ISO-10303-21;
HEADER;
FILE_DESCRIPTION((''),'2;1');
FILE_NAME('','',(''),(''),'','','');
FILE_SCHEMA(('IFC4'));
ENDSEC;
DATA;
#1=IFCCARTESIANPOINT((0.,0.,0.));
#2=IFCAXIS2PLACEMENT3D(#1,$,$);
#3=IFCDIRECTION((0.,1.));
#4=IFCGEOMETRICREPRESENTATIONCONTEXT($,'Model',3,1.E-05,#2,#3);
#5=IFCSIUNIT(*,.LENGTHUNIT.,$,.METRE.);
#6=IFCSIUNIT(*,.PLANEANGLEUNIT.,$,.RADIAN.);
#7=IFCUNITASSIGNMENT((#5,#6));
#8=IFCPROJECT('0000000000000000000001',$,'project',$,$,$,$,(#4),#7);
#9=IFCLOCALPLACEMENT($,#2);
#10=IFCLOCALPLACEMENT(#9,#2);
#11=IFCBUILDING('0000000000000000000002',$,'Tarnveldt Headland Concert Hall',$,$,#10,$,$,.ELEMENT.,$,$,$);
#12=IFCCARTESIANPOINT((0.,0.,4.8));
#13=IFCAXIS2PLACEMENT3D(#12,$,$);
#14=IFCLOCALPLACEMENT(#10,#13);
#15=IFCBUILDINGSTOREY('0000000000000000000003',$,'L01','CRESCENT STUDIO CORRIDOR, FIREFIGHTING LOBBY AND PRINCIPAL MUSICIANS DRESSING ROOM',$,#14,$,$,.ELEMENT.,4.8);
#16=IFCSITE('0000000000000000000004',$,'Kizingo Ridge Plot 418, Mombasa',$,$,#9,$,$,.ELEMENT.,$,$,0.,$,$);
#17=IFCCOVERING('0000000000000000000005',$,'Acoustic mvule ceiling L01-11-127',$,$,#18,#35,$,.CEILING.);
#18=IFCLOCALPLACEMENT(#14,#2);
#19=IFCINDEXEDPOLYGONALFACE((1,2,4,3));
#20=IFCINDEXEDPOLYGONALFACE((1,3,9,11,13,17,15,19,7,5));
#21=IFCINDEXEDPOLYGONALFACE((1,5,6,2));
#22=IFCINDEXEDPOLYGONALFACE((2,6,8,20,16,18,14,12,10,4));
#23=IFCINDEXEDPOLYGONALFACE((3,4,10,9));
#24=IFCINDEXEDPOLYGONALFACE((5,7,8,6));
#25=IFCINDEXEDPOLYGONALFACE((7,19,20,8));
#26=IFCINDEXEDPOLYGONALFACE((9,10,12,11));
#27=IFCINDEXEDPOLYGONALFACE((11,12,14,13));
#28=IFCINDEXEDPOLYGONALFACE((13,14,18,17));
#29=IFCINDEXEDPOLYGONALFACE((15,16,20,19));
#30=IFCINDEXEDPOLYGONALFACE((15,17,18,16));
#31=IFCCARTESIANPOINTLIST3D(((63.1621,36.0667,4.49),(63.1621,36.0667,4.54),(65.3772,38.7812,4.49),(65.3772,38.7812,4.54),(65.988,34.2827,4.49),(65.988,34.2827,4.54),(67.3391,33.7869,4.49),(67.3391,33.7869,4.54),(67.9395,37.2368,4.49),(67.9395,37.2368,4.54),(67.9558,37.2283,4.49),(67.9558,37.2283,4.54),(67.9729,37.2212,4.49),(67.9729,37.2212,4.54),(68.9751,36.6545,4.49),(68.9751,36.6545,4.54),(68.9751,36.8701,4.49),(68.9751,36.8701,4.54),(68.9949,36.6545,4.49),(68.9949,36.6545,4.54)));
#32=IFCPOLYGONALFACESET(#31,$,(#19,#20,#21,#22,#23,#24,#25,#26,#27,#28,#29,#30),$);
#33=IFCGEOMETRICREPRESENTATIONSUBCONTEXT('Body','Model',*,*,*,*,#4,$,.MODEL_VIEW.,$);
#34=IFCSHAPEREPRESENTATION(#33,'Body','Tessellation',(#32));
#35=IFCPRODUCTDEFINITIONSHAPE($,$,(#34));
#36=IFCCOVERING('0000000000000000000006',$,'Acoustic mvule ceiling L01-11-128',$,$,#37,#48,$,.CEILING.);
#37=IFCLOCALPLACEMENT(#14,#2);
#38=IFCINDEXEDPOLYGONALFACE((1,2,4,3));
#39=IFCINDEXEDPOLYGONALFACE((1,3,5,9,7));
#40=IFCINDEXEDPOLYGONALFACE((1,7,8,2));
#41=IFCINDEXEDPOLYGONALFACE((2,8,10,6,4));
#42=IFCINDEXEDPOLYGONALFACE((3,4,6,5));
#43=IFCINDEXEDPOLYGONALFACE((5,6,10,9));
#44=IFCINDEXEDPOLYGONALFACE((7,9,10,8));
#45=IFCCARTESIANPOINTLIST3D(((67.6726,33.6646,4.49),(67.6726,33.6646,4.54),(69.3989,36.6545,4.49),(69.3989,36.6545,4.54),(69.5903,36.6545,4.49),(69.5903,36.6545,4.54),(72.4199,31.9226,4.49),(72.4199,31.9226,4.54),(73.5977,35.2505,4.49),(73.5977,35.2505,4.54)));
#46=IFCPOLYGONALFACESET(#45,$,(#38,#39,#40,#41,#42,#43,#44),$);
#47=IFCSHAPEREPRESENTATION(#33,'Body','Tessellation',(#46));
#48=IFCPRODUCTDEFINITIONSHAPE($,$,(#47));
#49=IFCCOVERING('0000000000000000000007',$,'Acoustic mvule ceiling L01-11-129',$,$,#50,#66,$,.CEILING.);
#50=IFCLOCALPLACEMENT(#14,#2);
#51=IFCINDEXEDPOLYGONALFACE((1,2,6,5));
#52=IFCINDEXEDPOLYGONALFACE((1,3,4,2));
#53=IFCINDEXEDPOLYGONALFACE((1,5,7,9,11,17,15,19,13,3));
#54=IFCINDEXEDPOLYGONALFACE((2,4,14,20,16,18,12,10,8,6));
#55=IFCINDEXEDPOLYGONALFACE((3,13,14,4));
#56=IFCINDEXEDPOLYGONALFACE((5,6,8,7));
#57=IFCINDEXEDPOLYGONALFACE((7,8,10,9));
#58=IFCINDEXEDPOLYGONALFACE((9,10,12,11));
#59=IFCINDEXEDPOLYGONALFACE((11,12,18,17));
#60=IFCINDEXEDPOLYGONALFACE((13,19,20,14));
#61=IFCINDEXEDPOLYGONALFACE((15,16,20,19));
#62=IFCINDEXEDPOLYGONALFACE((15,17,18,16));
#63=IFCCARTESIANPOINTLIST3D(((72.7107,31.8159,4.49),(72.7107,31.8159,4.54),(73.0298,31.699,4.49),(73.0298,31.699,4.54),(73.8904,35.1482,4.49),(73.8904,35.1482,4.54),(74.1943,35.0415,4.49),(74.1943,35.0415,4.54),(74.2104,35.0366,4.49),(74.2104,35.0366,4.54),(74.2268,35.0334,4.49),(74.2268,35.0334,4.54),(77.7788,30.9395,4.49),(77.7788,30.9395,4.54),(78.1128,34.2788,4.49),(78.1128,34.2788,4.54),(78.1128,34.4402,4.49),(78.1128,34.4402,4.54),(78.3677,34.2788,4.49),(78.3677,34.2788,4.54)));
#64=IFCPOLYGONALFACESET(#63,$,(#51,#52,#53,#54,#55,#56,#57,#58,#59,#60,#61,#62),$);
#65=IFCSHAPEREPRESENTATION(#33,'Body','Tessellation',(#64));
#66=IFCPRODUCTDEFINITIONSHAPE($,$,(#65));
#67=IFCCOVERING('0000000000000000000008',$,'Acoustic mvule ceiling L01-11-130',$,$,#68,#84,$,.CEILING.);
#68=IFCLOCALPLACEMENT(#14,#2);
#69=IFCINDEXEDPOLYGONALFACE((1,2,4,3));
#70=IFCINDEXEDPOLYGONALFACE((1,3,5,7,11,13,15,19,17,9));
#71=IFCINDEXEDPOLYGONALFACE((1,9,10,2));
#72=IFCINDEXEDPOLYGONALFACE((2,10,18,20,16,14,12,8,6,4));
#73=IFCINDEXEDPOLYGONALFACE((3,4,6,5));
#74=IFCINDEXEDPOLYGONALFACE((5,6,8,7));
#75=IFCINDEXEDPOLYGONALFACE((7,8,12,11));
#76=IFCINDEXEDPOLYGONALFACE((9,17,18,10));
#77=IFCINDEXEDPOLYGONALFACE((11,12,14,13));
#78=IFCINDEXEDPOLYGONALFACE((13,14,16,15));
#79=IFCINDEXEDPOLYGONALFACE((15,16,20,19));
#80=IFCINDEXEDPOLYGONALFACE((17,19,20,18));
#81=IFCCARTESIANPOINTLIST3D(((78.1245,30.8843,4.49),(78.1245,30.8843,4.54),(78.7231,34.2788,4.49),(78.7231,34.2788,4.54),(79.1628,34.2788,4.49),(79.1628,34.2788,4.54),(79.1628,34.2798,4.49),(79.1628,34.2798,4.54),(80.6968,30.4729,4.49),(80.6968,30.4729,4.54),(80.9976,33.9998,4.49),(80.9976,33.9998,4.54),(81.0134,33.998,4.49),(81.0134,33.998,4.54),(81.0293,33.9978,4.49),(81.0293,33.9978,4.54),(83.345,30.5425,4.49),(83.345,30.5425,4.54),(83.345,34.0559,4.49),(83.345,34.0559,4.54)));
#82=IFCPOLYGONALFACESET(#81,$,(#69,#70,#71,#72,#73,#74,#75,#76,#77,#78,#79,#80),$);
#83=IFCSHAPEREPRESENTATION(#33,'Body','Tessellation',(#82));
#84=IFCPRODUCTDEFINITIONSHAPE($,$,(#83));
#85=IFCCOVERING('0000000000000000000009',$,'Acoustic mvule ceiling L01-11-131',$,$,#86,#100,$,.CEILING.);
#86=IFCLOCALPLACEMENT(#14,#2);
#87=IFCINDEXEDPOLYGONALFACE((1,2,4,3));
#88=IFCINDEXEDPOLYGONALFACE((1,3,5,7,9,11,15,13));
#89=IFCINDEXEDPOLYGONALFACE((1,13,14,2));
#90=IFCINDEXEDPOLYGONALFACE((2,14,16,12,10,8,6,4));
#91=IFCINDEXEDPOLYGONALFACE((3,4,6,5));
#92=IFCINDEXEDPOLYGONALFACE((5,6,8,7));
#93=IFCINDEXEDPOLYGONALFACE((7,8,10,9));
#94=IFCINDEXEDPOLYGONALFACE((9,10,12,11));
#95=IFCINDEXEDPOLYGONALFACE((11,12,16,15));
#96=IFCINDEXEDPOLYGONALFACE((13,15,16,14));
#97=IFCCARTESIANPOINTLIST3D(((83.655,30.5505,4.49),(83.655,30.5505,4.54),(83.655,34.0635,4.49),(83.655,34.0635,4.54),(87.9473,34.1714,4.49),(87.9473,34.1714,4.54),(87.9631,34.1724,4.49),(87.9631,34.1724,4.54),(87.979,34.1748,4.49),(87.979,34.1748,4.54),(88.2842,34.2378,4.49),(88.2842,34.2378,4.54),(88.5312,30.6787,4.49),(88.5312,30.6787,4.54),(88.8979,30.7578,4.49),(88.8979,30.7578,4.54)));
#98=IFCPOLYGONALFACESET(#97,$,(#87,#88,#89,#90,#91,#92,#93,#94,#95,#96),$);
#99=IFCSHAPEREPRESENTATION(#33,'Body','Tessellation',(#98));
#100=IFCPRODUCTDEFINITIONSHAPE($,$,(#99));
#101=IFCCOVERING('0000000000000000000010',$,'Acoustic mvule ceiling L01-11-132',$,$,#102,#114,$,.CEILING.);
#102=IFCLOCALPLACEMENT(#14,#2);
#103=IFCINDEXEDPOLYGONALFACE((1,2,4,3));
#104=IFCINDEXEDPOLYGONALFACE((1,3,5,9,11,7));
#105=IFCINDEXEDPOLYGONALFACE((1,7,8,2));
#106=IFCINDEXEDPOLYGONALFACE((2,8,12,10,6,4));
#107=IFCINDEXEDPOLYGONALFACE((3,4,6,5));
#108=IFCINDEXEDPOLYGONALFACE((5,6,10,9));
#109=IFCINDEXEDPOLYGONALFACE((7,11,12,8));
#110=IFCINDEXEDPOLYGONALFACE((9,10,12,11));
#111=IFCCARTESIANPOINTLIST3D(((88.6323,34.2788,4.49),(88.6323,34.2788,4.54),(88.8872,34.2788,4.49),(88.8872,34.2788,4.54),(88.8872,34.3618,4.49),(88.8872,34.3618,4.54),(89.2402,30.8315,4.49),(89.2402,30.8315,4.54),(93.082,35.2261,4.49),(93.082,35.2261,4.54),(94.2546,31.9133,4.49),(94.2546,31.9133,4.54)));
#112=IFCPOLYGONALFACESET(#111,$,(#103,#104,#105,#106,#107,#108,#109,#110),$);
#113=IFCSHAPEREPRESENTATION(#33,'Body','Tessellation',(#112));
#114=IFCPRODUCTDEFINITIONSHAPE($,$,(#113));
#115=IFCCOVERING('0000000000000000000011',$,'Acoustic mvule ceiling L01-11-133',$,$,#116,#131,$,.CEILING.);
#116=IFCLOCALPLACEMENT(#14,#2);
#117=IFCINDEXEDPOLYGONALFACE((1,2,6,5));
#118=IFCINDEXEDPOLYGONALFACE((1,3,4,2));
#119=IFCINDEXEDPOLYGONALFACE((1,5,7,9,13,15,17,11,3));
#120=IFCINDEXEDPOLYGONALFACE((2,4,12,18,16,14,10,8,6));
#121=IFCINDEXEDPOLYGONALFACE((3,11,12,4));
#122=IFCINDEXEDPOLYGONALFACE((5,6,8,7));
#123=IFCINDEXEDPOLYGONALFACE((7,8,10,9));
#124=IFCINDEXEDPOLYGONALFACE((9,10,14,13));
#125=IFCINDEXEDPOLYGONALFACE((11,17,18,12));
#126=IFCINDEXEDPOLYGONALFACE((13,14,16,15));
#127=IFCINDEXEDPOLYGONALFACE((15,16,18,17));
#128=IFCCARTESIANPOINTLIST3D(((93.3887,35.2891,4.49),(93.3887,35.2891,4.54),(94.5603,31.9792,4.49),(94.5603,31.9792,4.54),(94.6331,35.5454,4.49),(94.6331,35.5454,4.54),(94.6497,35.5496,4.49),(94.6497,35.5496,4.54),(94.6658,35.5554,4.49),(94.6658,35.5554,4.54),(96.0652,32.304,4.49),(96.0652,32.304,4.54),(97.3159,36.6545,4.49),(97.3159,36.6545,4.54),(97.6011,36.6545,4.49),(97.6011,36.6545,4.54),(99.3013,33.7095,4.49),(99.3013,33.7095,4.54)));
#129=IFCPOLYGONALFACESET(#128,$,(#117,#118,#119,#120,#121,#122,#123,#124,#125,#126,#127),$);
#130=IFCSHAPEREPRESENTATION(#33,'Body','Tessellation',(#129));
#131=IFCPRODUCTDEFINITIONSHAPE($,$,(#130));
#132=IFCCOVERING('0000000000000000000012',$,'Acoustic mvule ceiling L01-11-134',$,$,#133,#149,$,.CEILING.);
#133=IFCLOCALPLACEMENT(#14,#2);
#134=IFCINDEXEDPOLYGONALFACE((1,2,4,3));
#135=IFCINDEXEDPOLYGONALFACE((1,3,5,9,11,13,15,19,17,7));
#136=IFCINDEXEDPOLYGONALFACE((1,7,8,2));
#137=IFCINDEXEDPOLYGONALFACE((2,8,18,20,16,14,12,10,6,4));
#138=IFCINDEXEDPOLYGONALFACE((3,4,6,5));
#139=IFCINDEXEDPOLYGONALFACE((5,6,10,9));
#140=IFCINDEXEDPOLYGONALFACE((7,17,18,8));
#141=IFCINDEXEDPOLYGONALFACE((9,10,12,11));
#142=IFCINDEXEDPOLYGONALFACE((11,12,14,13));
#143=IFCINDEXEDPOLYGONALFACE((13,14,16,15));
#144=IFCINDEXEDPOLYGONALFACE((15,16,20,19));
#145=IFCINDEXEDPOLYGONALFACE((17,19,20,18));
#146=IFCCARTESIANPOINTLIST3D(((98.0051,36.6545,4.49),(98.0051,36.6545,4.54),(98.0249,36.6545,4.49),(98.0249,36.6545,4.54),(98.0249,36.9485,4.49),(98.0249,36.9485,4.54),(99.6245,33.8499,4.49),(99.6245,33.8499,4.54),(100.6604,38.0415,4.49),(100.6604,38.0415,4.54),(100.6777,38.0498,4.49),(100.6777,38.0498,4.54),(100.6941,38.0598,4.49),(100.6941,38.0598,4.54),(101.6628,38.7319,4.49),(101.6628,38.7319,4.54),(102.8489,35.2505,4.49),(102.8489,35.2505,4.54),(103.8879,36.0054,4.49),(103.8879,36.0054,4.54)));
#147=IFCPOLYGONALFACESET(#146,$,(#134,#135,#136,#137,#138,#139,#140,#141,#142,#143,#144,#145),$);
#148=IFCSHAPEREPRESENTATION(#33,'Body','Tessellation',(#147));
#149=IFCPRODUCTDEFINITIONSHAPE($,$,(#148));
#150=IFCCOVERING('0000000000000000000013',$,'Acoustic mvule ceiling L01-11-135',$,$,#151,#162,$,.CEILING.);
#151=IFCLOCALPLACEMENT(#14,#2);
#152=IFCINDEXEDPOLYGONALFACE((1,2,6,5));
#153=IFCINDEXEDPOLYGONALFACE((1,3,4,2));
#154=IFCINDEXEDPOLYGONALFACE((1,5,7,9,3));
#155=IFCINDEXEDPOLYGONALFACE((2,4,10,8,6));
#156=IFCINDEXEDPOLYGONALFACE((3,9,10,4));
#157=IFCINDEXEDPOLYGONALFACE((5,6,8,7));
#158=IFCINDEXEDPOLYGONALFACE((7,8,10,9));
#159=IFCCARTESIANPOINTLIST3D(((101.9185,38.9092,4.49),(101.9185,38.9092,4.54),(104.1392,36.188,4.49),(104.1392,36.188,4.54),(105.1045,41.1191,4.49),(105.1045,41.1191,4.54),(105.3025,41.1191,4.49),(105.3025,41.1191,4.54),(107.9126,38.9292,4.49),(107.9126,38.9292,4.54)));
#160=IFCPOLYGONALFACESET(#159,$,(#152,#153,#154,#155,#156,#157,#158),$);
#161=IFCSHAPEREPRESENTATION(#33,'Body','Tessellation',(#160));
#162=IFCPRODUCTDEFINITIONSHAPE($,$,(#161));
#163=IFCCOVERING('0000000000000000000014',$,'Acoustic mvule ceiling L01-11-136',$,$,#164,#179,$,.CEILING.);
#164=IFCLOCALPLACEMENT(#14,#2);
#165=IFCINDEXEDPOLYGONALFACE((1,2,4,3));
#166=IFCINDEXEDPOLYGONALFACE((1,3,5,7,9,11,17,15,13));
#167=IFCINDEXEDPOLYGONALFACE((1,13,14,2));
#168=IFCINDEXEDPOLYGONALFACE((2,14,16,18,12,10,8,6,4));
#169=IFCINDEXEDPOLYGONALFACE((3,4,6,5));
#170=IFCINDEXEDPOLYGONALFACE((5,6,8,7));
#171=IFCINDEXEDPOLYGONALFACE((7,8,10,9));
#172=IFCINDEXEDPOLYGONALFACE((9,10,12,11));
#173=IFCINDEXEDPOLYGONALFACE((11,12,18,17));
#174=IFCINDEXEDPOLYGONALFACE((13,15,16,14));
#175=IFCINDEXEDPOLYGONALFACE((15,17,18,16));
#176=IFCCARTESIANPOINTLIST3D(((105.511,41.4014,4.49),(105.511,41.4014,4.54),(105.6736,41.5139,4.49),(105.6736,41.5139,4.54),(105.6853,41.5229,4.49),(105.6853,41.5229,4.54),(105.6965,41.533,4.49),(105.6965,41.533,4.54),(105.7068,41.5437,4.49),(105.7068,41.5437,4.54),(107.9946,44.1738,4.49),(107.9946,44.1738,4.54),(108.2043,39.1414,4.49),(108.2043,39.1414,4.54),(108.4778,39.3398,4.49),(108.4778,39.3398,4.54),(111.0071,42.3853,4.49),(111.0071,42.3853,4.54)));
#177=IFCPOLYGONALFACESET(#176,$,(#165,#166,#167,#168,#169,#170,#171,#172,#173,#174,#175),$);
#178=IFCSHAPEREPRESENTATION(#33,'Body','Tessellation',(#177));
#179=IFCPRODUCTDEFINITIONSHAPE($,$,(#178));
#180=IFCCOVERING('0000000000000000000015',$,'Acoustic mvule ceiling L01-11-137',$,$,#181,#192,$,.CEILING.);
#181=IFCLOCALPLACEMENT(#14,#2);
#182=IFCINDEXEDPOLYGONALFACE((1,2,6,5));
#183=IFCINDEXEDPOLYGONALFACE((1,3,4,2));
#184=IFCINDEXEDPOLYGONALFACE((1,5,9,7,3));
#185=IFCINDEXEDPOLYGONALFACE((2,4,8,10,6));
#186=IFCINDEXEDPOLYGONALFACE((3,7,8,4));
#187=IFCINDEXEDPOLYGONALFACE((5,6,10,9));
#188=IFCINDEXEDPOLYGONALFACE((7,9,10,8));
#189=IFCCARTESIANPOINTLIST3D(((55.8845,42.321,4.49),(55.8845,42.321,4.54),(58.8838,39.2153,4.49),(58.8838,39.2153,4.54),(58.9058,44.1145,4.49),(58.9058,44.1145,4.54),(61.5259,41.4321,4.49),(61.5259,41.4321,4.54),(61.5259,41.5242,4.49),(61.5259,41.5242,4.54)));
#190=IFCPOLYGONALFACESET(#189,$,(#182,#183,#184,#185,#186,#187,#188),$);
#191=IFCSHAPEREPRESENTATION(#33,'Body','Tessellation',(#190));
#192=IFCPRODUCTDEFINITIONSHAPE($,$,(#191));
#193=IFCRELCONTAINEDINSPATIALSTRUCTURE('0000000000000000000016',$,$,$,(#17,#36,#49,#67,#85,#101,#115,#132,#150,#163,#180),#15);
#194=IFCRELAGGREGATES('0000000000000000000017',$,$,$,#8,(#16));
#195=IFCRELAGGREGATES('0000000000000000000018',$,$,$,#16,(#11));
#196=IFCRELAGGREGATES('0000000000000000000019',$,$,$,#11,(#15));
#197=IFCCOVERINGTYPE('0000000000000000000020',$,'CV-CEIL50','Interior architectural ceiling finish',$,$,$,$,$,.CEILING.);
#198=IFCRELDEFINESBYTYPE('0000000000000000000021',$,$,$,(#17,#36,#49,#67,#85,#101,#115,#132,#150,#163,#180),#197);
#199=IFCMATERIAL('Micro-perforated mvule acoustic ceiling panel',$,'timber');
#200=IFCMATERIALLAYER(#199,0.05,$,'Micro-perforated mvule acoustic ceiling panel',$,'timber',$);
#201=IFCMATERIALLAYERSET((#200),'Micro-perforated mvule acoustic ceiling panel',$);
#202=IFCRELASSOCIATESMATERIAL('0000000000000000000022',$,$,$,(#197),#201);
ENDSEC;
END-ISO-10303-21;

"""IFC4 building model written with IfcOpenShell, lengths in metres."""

from ifc_helpers import new_model, si_unit, direction, frame, origin, place, context, subcontext, project, spatial, polyline, outline, extrude, material, layer, layer_set, type_object, element, save


model = new_model("IFC4")

# Units and contexts
model_context = context("Model", 3, precision=1e-05, world=origin(), true_north=direction((0.0, 1.0)))
body_context = subcontext(model_context, "Body", "Model", "MODEL_VIEW")
ifc_project = project(units=[si_unit("LENGTHUNIT", "METRE"), si_unit("PLANEANGLEUNIT", "RADIAN")], contexts=[model_context])

# Site, building, storey
site_placement = place(None, origin())
site = spatial("IfcSite", under=ifc_project, at=site_placement, Name="Kizingo Ridge Plot 418, Mombasa", CompositionType="ELEMENT", RefElevation=0.0)
building_placement = place(site_placement, origin())
building = spatial("IfcBuilding", under=site, at=building_placement, Name="Tarnveldt Headland Concert Hall", CompositionType="ELEMENT")
storey_placement = place(building_placement, frame((0.0, 0.0, 4.8)))
storey = spatial("IfcBuildingStorey", under=building, at=storey_placement, Name="L01", Description="CRESCENT STUDIO CORRIDOR, FIREFIGHTING LOBBY AND PRINCIPAL MUSICIANS DRESSING ROOM", CompositionType="ELEMENT", Elevation=4.8)

# Coverings
ifc_material = material(Name="Micro-perforated mvule acoustic ceiling panel", Category="timber")
ifc_layer = layer(ifc_material, 0.05, Name="Micro-perforated mvule acoustic ceiling panel", Category="timber")
ifc_layer_set = layer_set([ifc_layer], Name="Micro-perforated mvule acoustic ceiling panel")
covering_type = type_object("IfcCoveringType", Name="CV-CEIL50", Description="Interior architectural ceiling finish", PredefinedType="CEILING", material=ifc_layer_set)
covering_1_placement = place(storey_placement, frame((0.0, 0.0, 4.49)))
element("IfcCovering", 1, at=covering_1_placement, inside=storey, type_object=covering_type, Name="Acoustic mvule ceiling L01-11-127", PredefinedType="CEILING", context=body_context, shape_type="SweptSolid", body=[
    extrude(outline(polyline([(67.9558, 37.2283), (67.9729, 37.2212), (68.9751, 36.8701), (68.9751, 36.6545), (68.9949, 36.6545), (67.3391, 33.7869), (65.988, 34.2827), (63.1621, 36.0667), (65.3772, 38.7812), (67.9395, 37.2368), (67.9558, 37.2283)])), origin(), (0.0, 0.0, 1.0), 0.05),
])
covering_2_placement = place(storey_placement, frame((0.0, 0.0, 4.49)))
element("IfcCovering", 2, at=covering_2_placement, inside=storey, type_object=covering_type, Name="Acoustic mvule ceiling L01-11-128", PredefinedType="CEILING", context=body_context, shape_type="SweptSolid", body=[
    extrude(outline(polyline([(69.5903, 36.6545), (73.5977, 35.2505), (72.4199, 31.9226), (67.6726, 33.6646), (69.3989, 36.6545), (69.5903, 36.6545)])), origin(), (0.0, 0.0, 1.0), 0.05),
])
covering_3_placement = place(storey_placement, frame((0.0, 0.0, 4.49)))
element("IfcCovering", 3, at=covering_3_placement, inside=storey, type_object=covering_type, Name="Acoustic mvule ceiling L01-11-129", PredefinedType="CEILING", context=body_context, shape_type="SweptSolid", body=[
    extrude(outline(polyline([(73.8904, 35.1482), (74.1943, 35.0415), (74.2104, 35.0366), (74.2268, 35.0334), (78.1128, 34.4402), (78.1128, 34.2788), (78.3677, 34.2788), (77.7788, 30.9395), (73.0298, 31.699), (72.7107, 31.8159), (73.8904, 35.1482)])), origin(), (0.0, 0.0, 1.0), 0.05),
])
covering_4_placement = place(storey_placement, frame((0.0, 0.0, 4.49)))
element("IfcCovering", 4, at=covering_4_placement, inside=storey, type_object=covering_type, Name="Acoustic mvule ceiling L01-11-130", PredefinedType="CEILING", context=body_context, shape_type="SweptSolid", body=[
    extrude(outline(polyline([(78.1245, 30.8843), (78.7231, 34.2788), (79.1628, 34.2788), (79.1628, 34.2798), (80.9976, 33.9998), (81.0134, 33.998), (81.0293, 33.9978), (83.345, 34.0559), (83.345, 30.5425), (80.6968, 30.4729), (78.1245, 30.8843)])), origin(), (0.0, 0.0, 1.0), 0.05),
])
covering_5_placement = place(storey_placement, frame((0.0, 0.0, 4.49)))
element("IfcCovering", 5, at=covering_5_placement, inside=storey, type_object=covering_type, Name="Acoustic mvule ceiling L01-11-131", PredefinedType="CEILING", context=body_context, shape_type="SweptSolid", body=[
    extrude(outline(polyline([(83.655, 34.0635), (87.9473, 34.1714), (87.9631, 34.1724), (87.979, 34.1748), (88.2842, 34.2378), (88.8979, 30.7578), (88.5312, 30.6787), (83.655, 30.5505), (83.655, 34.0635)])), origin(), (0.0, 0.0, 1.0), 0.05),
])
covering_6_placement = place(storey_placement, frame((0.0, 0.0, 4.49)))
element("IfcCovering", 6, at=covering_6_placement, inside=storey, type_object=covering_type, Name="Acoustic mvule ceiling L01-11-132", PredefinedType="CEILING", context=body_context, shape_type="SweptSolid", body=[
    extrude(outline(polyline([(88.8872, 34.2788), (88.8872, 34.3618), (93.082, 35.2261), (94.2546, 31.9133), (89.2402, 30.8315), (88.6323, 34.2788), (88.8872, 34.2788)])), origin(), (0.0, 0.0, 1.0), 0.05),
])
covering_7_placement = place(storey_placement, frame((0.0, 0.0, 4.49)))
element("IfcCovering", 7, at=covering_7_placement, inside=storey, type_object=covering_type, Name="Acoustic mvule ceiling L01-11-133", PredefinedType="CEILING", context=body_context, shape_type="SweptSolid", body=[
    extrude(outline(polyline([(99.3013, 33.7095), (96.0652, 32.304), (94.5603, 31.9792), (93.3887, 35.2891), (94.6331, 35.5454), (94.6497, 35.5496), (94.6658, 35.5554), (97.3159, 36.6545), (97.6011, 36.6545), (99.3013, 33.7095)])), origin(), (0.0, 0.0, 1.0), 0.05),
])
covering_8_placement = place(storey_placement, frame((0.0, 0.0, 4.49)))
element("IfcCovering", 8, at=covering_8_placement, inside=storey, type_object=covering_type, Name="Acoustic mvule ceiling L01-11-134", PredefinedType="CEILING", context=body_context, shape_type="SweptSolid", body=[
    extrude(outline(polyline([(100.6941, 38.0598), (101.6628, 38.7319), (103.8879, 36.0054), (102.8489, 35.2505), (99.6245, 33.8499), (98.0051, 36.6545), (98.0249, 36.6545), (98.0249, 36.9485), (100.6604, 38.0415), (100.6777, 38.0498), (100.6941, 38.0598)])), origin(), (0.0, 0.0, 1.0), 0.05),
])
covering_9_placement = place(storey_placement, frame((0.0, 0.0, 4.49)))
element("IfcCovering", 9, at=covering_9_placement, inside=storey, type_object=covering_type, Name="Acoustic mvule ceiling L01-11-135", PredefinedType="CEILING", context=body_context, shape_type="SweptSolid", body=[
    extrude(outline(polyline([(104.1392, 36.188), (101.9185, 38.9092), (105.1045, 41.1191), (105.3025, 41.1191), (107.9126, 38.9292), (104.1392, 36.188)])), origin(), (0.0, 0.0, 1.0), 0.05),
])
covering_10_placement = place(storey_placement, frame((0.0, 0.0, 4.49)))
element("IfcCovering", 10, at=covering_10_placement, inside=storey, type_object=covering_type, Name="Acoustic mvule ceiling L01-11-136", PredefinedType="CEILING", context=body_context, shape_type="SweptSolid", body=[
    extrude(outline(polyline([(105.6965, 41.533), (105.7068, 41.5437), (107.9946, 44.1738), (111.0071, 42.3853), (108.4778, 39.3398), (108.2043, 39.1414), (105.511, 41.4014), (105.6736, 41.5139), (105.6853, 41.5229), (105.6965, 41.533)])), origin(), (0.0, 0.0, 1.0), 0.05),
])
covering_11_placement = place(storey_placement, frame((0.0, 0.0, 4.49)))
element("IfcCovering", 11, at=covering_11_placement, inside=storey, type_object=covering_type, Name="Acoustic mvule ceiling L01-11-137", PredefinedType="CEILING", context=body_context, shape_type="SweptSolid", body=[
    extrude(outline(polyline([(61.5259, 41.5242), (61.5259, 41.4321), (58.8838, 39.2153), (55.8845, 42.321), (58.9058, 44.1145), (61.5259, 41.5242)])), origin(), (0.0, 0.0, 1.0), 0.05),
])

save(model, "model.ifc")
